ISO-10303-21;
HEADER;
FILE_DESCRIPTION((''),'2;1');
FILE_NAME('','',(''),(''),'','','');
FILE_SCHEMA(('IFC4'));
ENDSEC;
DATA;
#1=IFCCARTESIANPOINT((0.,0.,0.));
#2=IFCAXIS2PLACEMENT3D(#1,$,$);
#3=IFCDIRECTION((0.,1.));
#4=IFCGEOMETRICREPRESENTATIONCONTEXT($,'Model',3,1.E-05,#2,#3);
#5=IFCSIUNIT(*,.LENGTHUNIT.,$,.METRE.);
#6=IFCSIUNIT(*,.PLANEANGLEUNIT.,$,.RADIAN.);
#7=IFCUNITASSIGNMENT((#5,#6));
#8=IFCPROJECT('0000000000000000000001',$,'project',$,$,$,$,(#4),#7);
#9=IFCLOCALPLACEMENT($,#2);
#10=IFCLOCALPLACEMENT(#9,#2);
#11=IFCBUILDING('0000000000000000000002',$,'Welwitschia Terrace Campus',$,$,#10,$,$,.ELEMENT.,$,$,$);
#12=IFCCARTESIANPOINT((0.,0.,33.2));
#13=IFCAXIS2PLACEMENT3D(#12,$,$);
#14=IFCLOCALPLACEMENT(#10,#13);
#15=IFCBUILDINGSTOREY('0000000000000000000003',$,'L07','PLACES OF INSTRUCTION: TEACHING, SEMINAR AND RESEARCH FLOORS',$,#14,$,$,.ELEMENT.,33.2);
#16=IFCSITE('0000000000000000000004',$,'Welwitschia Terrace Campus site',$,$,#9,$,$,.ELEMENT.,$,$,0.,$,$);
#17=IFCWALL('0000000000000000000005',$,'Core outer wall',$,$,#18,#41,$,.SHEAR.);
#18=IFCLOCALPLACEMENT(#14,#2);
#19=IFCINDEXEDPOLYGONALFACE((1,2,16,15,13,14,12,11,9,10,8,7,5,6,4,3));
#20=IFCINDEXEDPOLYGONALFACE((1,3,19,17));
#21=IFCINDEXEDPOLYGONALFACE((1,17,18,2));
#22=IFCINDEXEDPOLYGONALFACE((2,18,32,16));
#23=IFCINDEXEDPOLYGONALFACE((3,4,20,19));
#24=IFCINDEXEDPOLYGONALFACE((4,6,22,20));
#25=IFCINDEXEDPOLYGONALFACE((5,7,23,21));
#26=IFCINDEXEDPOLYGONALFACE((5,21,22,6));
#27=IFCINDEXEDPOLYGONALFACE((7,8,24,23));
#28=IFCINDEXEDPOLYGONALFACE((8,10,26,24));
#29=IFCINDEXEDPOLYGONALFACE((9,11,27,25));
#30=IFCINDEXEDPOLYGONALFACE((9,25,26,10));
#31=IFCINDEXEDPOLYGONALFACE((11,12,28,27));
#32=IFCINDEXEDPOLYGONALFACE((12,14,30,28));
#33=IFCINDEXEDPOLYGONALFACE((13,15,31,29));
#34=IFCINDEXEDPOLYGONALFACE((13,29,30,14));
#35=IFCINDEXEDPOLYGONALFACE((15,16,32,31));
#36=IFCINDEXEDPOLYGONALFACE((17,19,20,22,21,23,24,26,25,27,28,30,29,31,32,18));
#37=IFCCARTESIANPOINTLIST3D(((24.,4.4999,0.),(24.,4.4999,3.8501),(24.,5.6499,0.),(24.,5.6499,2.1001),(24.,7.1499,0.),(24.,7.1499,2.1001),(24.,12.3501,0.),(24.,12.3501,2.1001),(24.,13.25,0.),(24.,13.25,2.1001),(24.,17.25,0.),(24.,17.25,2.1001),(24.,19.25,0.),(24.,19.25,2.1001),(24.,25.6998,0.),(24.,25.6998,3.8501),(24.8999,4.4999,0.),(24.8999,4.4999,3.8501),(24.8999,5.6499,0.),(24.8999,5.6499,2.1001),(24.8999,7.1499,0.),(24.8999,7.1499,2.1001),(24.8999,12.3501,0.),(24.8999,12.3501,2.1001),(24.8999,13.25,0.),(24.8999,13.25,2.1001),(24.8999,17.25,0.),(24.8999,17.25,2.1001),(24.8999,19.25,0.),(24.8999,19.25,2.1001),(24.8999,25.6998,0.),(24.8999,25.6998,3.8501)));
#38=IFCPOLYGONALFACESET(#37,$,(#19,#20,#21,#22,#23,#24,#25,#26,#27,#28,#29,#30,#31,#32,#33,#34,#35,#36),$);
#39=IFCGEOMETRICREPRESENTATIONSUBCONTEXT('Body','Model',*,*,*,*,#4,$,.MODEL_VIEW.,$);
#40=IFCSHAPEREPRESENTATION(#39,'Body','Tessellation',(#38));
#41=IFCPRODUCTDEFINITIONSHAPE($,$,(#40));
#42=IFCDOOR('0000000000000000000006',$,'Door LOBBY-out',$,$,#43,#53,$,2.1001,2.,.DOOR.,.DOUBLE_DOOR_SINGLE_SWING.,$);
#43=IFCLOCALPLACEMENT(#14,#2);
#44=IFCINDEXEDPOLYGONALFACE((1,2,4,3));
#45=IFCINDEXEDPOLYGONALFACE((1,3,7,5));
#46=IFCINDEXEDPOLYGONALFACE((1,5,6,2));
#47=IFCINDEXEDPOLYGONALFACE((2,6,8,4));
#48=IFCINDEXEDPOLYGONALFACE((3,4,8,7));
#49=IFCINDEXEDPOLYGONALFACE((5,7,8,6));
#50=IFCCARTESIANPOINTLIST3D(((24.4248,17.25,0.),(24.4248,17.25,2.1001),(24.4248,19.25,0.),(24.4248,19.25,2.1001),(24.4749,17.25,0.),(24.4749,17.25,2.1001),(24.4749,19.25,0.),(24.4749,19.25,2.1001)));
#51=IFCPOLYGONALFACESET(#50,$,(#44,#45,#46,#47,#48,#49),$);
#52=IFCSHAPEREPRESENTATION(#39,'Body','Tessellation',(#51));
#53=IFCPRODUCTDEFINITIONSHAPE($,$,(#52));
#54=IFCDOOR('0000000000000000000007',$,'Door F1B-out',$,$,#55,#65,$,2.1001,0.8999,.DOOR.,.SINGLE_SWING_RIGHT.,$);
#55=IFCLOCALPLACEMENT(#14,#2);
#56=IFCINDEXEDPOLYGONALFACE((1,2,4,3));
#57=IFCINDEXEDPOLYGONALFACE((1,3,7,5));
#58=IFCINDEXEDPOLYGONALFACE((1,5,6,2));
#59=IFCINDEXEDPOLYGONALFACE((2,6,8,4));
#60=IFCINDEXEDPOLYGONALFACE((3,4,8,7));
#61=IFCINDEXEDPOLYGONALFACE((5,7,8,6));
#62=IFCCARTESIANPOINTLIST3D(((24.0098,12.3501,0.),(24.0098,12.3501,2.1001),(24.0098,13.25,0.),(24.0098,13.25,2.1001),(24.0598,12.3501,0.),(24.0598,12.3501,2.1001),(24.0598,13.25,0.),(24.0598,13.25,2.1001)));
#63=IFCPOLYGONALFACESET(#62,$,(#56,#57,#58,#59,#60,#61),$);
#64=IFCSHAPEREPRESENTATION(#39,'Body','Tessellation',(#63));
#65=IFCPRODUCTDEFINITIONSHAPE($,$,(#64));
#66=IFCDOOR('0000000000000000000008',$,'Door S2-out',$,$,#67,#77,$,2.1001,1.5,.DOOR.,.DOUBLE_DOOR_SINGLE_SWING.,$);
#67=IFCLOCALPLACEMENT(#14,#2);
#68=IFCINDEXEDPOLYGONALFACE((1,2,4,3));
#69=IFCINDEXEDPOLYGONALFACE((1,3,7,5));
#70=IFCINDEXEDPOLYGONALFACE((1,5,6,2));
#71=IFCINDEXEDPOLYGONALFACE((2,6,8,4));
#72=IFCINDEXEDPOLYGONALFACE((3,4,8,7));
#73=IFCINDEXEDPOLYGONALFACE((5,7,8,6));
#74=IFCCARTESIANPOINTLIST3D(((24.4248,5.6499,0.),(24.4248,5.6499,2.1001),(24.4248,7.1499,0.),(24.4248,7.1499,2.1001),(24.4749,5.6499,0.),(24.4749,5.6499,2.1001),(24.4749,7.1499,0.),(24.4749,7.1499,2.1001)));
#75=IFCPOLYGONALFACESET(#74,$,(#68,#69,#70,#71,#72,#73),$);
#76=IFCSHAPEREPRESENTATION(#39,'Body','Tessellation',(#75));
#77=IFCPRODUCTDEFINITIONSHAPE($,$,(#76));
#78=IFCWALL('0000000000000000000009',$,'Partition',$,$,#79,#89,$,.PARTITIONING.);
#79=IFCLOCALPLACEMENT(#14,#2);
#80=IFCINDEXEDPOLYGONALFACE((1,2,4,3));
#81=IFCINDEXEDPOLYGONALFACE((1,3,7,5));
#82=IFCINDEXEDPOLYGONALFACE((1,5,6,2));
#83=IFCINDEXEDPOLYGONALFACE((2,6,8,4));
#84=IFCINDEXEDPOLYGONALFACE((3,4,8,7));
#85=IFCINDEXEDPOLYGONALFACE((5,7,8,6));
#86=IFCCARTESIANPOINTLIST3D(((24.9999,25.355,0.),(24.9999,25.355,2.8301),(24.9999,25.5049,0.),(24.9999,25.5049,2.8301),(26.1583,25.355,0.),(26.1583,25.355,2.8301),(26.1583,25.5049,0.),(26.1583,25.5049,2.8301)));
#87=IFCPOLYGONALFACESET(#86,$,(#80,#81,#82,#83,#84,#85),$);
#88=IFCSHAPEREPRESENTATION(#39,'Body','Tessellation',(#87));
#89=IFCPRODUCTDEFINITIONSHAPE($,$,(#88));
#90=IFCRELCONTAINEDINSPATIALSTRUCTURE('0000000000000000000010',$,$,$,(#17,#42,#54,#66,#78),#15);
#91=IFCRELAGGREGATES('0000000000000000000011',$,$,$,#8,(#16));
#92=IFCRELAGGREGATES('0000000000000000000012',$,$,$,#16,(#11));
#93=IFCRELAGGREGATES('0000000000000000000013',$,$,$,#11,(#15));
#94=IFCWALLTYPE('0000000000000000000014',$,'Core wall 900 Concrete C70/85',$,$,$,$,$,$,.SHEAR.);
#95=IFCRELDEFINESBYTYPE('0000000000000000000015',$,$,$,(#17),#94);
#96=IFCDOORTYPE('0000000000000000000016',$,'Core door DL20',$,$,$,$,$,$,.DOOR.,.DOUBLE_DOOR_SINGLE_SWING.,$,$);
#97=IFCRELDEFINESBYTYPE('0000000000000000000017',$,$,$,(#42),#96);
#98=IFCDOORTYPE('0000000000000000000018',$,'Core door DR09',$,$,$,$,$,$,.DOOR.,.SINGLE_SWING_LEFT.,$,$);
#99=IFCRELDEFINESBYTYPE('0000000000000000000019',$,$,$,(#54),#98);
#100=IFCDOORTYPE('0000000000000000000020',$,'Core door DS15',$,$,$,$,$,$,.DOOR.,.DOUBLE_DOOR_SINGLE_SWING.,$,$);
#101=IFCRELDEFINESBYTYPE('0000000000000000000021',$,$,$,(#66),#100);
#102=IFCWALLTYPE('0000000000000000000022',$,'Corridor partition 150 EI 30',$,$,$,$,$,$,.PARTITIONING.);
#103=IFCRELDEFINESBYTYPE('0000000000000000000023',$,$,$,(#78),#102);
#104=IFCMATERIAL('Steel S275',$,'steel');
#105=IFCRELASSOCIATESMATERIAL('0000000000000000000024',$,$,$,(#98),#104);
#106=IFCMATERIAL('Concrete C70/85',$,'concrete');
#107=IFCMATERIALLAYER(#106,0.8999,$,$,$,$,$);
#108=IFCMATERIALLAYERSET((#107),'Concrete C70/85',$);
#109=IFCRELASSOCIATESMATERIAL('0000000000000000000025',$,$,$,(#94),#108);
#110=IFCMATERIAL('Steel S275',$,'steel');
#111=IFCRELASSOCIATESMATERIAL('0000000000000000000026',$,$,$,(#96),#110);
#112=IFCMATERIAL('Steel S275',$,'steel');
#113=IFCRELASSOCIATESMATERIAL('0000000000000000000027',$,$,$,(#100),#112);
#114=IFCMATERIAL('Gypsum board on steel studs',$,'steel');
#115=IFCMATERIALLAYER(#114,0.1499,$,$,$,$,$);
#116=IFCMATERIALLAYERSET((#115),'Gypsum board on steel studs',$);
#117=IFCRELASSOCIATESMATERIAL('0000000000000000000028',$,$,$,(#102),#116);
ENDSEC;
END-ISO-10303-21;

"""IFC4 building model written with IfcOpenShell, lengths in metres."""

from ifc_helpers import new_model, si_unit, direction, frame, frame_2d, origin, place, context, subcontext, project, spatial, rectangle, extrude, material, layer, layer_set, type_object, element, fill, save


model = new_model("IFC4")

# Units and contexts
model_context = context("Model", 3, precision=1e-05, world=origin(), true_north=direction((0.0, 1.0)))
body_context = subcontext(model_context, "Body", "Model", "MODEL_VIEW")
ifc_project = project(units=[si_unit("LENGTHUNIT", "METRE"), si_unit("PLANEANGLEUNIT", "RADIAN")], contexts=[model_context])

# Site, building, storey
site_placement = place(None, origin())
site = spatial("IfcSite", under=ifc_project, at=site_placement, Name="Welwitschia Terrace Campus site", CompositionType="ELEMENT", RefElevation=0.0)
building_placement = place(site_placement, origin())
building = spatial("IfcBuilding", under=site, at=building_placement, Name="Welwitschia Terrace Campus", CompositionType="ELEMENT")
storey_placement = place(building_placement, frame((0.0, 0.0, 33.2)))
storey = spatial("IfcBuildingStorey", under=building, at=storey_placement, Name="L07", Description="PLACES OF INSTRUCTION: TEACHING, SEMINAR AND RESEARCH FLOORS", CompositionType="ELEMENT", Elevation=33.2)

# Shared definitions
ifc_material_1 = material(Name="Steel S275", Category="steel")
door_type_1 = type_object("IfcDoorType", Name="Core door DR09", OperationType="SINGLE_SWING_LEFT", PredefinedType="DOOR", material=ifc_material_1)

# Wall, openings, doors
ifc_material_2 = material(Name="Concrete C70/85", Category="concrete")
ifc_layer_1 = layer(ifc_material_2, 0.8999)
ifc_layer_set_1 = layer_set([ifc_layer_1], Name="Concrete C70/85")
wall_type_1 = type_object("IfcWallType", Name="Core wall 900 Concrete C70/85", PredefinedType="SHEAR", material=ifc_layer_set_1)
wall_1_placement = place(storey_placement, frame((24.45, 25.7, 0.0), z_axis=(0.0, 0.0, 1.0), x_axis=(0.0, -1.0, 0.0)))
wall_1 = element("IfcWall", 1, at=wall_1_placement, inside=storey, type_object=wall_type_1, Name="Core outer wall", PredefinedType="SHEAR", context=body_context, shape_type="SweptSolid", body=[
    extrude(rectangle(XDim=21.2, YDim=0.8999, at=frame_2d((10.6001, 0.0))), origin(), (0.0, 0.0, 1.0), 3.8501),
])
opening_1_placement = place(wall_1_placement, frame((18.55, 0.0, 0.0)))
opening_1 = element("IfcOpeningElement", 2, at=opening_1_placement, cuts=wall_1, PredefinedType="OPENING", context=body_context, shape_type="SweptSolid", body=[
    extrude(rectangle(XDim=1.5, YDim=2.1001, at=frame_2d((0.75, 1.05))), frame((0.0, 0.46, 0.0), z_axis=(0.0, -1.0, 0.0), x_axis=(1.0, 0.0, 0.0)), (0.0, 0.0, 1.0), 0.9199),
])
opening_2_placement = place(wall_1_placement, frame((12.45, 0.0, 0.0)))
opening_2 = element("IfcOpeningElement", 3, at=opening_2_placement, cuts=wall_1, PredefinedType="OPENING", context=body_context, shape_type="SweptSolid", body=[
    extrude(rectangle(XDim=0.8999, YDim=2.1001, at=frame_2d((0.45, 1.05))), frame((0.0, 0.46, 0.0), z_axis=(0.0, -1.0, 0.0), x_axis=(1.0, 0.0, 0.0)), (0.0, 0.0, 1.0), 0.9199),
])
opening_3_placement = place(wall_1_placement, frame((6.45, 0.0, 0.0)))
opening_3 = element("IfcOpeningElement", 4, at=opening_3_placement, cuts=wall_1, PredefinedType="OPENING", context=body_context, shape_type="SweptSolid", body=[
    extrude(rectangle(XDim=2.0, YDim=2.1001, at=frame_2d((1.0, 1.05))), frame((0.0, 0.46, 0.0), z_axis=(0.0, -1.0, 0.0), x_axis=(1.0, 0.0, 0.0)), (0.0, 0.0, 1.0), 0.9199),
])
ifc_material_3 = material(Name="Steel S275", Category="steel")
door_type_2 = type_object("IfcDoorType", Name="Core door DL20", OperationType="DOUBLE_DOOR_SINGLE_SWING", PredefinedType="DOOR", material=ifc_material_3)
door_1_placement = place(opening_3_placement, origin())
door_1 = element("IfcDoor", 5, at=door_1_placement, inside=storey, type_object=door_type_2, Name="Door LOBBY-out", OperationType="DOUBLE_DOOR_SINGLE_SWING", OverallHeight=2.1001, OverallWidth=2.0, PredefinedType="DOOR", context=body_context, shape_type="SweptSolid", body=[
    extrude(rectangle(XDim=2.0, YDim=2.1001, at=frame_2d((1.0, 1.05))), frame((0.0, 0.0249, 0.0), z_axis=(0.0, -1.0, 0.0), x_axis=(1.0, 0.0, 0.0)), (0.0, 0.0, 1.0), 0.05),
])
fill(opening_3, door_1)
door_2_placement = place(opening_2_placement, origin())
door_2 = element("IfcDoor", 6, at=door_2_placement, inside=storey, type_object=door_type_1, Name="Door F1B-out", OperationType="SINGLE_SWING_RIGHT", OverallHeight=2.1001, OverallWidth=0.8999, PredefinedType="DOOR", context=body_context, shape_type="SweptSolid", body=[
    extrude(rectangle(XDim=0.8999, YDim=2.1001, at=frame_2d((0.45, 1.05))), frame((0.0, -0.3901, 0.0), z_axis=(0.0, -1.0, 0.0), x_axis=(1.0, 0.0, 0.0)), (0.0, 0.0, 1.0), 0.05),
])
fill(opening_2, door_2)
ifc_material_4 = material(Name="Steel S275", Category="steel")
door_type_3 = type_object("IfcDoorType", Name="Core door DS15", OperationType="DOUBLE_DOOR_SINGLE_SWING", PredefinedType="DOOR", material=ifc_material_4)
door_3_placement = place(opening_1_placement, origin())
door_3 = element("IfcDoor", 7, at=door_3_placement, inside=storey, type_object=door_type_3, Name="Door S2-out", OperationType="DOUBLE_DOOR_SINGLE_SWING", OverallHeight=2.1001, OverallWidth=1.5, PredefinedType="DOOR", context=body_context, shape_type="SweptSolid", body=[
    extrude(rectangle(XDim=1.5, YDim=2.1001, at=frame_2d((0.75, 1.05))), frame((0.0, 0.0249, 0.0), z_axis=(0.0, -1.0, 0.0), x_axis=(1.0, 0.0, 0.0)), (0.0, 0.0, 1.0), 0.05),
])
fill(opening_1, door_3)

# Wall
ifc_material_5 = material(Name="Gypsum board on steel studs", Category="steel")
ifc_layer_2 = layer(ifc_material_5, 0.1499)
ifc_layer_set_2 = layer_set([ifc_layer_2], Name="Gypsum board on steel studs")
wall_type_2 = type_object("IfcWallType", Name="Corridor partition 150 EI 30", PredefinedType="PARTITIONING", material=ifc_layer_set_2)
wall_2_placement = place(storey_placement, frame((25.0, 25.4299, 0.0), z_axis=(0.0, 0.0, 1.0), x_axis=(1.0, 0.0, 0.0)))
element("IfcWall", 8, at=wall_2_placement, inside=storey, type_object=wall_type_2, Name="Partition", PredefinedType="PARTITIONING", context=body_context, shape_type="SweptSolid", body=[
    extrude(rectangle(XDim=1.1584, YDim=0.1499, at=frame_2d((0.5791, 0.0))), origin(), (0.0, 0.0, 1.0), 2.8301),
])

save(model, "model.ifc")
